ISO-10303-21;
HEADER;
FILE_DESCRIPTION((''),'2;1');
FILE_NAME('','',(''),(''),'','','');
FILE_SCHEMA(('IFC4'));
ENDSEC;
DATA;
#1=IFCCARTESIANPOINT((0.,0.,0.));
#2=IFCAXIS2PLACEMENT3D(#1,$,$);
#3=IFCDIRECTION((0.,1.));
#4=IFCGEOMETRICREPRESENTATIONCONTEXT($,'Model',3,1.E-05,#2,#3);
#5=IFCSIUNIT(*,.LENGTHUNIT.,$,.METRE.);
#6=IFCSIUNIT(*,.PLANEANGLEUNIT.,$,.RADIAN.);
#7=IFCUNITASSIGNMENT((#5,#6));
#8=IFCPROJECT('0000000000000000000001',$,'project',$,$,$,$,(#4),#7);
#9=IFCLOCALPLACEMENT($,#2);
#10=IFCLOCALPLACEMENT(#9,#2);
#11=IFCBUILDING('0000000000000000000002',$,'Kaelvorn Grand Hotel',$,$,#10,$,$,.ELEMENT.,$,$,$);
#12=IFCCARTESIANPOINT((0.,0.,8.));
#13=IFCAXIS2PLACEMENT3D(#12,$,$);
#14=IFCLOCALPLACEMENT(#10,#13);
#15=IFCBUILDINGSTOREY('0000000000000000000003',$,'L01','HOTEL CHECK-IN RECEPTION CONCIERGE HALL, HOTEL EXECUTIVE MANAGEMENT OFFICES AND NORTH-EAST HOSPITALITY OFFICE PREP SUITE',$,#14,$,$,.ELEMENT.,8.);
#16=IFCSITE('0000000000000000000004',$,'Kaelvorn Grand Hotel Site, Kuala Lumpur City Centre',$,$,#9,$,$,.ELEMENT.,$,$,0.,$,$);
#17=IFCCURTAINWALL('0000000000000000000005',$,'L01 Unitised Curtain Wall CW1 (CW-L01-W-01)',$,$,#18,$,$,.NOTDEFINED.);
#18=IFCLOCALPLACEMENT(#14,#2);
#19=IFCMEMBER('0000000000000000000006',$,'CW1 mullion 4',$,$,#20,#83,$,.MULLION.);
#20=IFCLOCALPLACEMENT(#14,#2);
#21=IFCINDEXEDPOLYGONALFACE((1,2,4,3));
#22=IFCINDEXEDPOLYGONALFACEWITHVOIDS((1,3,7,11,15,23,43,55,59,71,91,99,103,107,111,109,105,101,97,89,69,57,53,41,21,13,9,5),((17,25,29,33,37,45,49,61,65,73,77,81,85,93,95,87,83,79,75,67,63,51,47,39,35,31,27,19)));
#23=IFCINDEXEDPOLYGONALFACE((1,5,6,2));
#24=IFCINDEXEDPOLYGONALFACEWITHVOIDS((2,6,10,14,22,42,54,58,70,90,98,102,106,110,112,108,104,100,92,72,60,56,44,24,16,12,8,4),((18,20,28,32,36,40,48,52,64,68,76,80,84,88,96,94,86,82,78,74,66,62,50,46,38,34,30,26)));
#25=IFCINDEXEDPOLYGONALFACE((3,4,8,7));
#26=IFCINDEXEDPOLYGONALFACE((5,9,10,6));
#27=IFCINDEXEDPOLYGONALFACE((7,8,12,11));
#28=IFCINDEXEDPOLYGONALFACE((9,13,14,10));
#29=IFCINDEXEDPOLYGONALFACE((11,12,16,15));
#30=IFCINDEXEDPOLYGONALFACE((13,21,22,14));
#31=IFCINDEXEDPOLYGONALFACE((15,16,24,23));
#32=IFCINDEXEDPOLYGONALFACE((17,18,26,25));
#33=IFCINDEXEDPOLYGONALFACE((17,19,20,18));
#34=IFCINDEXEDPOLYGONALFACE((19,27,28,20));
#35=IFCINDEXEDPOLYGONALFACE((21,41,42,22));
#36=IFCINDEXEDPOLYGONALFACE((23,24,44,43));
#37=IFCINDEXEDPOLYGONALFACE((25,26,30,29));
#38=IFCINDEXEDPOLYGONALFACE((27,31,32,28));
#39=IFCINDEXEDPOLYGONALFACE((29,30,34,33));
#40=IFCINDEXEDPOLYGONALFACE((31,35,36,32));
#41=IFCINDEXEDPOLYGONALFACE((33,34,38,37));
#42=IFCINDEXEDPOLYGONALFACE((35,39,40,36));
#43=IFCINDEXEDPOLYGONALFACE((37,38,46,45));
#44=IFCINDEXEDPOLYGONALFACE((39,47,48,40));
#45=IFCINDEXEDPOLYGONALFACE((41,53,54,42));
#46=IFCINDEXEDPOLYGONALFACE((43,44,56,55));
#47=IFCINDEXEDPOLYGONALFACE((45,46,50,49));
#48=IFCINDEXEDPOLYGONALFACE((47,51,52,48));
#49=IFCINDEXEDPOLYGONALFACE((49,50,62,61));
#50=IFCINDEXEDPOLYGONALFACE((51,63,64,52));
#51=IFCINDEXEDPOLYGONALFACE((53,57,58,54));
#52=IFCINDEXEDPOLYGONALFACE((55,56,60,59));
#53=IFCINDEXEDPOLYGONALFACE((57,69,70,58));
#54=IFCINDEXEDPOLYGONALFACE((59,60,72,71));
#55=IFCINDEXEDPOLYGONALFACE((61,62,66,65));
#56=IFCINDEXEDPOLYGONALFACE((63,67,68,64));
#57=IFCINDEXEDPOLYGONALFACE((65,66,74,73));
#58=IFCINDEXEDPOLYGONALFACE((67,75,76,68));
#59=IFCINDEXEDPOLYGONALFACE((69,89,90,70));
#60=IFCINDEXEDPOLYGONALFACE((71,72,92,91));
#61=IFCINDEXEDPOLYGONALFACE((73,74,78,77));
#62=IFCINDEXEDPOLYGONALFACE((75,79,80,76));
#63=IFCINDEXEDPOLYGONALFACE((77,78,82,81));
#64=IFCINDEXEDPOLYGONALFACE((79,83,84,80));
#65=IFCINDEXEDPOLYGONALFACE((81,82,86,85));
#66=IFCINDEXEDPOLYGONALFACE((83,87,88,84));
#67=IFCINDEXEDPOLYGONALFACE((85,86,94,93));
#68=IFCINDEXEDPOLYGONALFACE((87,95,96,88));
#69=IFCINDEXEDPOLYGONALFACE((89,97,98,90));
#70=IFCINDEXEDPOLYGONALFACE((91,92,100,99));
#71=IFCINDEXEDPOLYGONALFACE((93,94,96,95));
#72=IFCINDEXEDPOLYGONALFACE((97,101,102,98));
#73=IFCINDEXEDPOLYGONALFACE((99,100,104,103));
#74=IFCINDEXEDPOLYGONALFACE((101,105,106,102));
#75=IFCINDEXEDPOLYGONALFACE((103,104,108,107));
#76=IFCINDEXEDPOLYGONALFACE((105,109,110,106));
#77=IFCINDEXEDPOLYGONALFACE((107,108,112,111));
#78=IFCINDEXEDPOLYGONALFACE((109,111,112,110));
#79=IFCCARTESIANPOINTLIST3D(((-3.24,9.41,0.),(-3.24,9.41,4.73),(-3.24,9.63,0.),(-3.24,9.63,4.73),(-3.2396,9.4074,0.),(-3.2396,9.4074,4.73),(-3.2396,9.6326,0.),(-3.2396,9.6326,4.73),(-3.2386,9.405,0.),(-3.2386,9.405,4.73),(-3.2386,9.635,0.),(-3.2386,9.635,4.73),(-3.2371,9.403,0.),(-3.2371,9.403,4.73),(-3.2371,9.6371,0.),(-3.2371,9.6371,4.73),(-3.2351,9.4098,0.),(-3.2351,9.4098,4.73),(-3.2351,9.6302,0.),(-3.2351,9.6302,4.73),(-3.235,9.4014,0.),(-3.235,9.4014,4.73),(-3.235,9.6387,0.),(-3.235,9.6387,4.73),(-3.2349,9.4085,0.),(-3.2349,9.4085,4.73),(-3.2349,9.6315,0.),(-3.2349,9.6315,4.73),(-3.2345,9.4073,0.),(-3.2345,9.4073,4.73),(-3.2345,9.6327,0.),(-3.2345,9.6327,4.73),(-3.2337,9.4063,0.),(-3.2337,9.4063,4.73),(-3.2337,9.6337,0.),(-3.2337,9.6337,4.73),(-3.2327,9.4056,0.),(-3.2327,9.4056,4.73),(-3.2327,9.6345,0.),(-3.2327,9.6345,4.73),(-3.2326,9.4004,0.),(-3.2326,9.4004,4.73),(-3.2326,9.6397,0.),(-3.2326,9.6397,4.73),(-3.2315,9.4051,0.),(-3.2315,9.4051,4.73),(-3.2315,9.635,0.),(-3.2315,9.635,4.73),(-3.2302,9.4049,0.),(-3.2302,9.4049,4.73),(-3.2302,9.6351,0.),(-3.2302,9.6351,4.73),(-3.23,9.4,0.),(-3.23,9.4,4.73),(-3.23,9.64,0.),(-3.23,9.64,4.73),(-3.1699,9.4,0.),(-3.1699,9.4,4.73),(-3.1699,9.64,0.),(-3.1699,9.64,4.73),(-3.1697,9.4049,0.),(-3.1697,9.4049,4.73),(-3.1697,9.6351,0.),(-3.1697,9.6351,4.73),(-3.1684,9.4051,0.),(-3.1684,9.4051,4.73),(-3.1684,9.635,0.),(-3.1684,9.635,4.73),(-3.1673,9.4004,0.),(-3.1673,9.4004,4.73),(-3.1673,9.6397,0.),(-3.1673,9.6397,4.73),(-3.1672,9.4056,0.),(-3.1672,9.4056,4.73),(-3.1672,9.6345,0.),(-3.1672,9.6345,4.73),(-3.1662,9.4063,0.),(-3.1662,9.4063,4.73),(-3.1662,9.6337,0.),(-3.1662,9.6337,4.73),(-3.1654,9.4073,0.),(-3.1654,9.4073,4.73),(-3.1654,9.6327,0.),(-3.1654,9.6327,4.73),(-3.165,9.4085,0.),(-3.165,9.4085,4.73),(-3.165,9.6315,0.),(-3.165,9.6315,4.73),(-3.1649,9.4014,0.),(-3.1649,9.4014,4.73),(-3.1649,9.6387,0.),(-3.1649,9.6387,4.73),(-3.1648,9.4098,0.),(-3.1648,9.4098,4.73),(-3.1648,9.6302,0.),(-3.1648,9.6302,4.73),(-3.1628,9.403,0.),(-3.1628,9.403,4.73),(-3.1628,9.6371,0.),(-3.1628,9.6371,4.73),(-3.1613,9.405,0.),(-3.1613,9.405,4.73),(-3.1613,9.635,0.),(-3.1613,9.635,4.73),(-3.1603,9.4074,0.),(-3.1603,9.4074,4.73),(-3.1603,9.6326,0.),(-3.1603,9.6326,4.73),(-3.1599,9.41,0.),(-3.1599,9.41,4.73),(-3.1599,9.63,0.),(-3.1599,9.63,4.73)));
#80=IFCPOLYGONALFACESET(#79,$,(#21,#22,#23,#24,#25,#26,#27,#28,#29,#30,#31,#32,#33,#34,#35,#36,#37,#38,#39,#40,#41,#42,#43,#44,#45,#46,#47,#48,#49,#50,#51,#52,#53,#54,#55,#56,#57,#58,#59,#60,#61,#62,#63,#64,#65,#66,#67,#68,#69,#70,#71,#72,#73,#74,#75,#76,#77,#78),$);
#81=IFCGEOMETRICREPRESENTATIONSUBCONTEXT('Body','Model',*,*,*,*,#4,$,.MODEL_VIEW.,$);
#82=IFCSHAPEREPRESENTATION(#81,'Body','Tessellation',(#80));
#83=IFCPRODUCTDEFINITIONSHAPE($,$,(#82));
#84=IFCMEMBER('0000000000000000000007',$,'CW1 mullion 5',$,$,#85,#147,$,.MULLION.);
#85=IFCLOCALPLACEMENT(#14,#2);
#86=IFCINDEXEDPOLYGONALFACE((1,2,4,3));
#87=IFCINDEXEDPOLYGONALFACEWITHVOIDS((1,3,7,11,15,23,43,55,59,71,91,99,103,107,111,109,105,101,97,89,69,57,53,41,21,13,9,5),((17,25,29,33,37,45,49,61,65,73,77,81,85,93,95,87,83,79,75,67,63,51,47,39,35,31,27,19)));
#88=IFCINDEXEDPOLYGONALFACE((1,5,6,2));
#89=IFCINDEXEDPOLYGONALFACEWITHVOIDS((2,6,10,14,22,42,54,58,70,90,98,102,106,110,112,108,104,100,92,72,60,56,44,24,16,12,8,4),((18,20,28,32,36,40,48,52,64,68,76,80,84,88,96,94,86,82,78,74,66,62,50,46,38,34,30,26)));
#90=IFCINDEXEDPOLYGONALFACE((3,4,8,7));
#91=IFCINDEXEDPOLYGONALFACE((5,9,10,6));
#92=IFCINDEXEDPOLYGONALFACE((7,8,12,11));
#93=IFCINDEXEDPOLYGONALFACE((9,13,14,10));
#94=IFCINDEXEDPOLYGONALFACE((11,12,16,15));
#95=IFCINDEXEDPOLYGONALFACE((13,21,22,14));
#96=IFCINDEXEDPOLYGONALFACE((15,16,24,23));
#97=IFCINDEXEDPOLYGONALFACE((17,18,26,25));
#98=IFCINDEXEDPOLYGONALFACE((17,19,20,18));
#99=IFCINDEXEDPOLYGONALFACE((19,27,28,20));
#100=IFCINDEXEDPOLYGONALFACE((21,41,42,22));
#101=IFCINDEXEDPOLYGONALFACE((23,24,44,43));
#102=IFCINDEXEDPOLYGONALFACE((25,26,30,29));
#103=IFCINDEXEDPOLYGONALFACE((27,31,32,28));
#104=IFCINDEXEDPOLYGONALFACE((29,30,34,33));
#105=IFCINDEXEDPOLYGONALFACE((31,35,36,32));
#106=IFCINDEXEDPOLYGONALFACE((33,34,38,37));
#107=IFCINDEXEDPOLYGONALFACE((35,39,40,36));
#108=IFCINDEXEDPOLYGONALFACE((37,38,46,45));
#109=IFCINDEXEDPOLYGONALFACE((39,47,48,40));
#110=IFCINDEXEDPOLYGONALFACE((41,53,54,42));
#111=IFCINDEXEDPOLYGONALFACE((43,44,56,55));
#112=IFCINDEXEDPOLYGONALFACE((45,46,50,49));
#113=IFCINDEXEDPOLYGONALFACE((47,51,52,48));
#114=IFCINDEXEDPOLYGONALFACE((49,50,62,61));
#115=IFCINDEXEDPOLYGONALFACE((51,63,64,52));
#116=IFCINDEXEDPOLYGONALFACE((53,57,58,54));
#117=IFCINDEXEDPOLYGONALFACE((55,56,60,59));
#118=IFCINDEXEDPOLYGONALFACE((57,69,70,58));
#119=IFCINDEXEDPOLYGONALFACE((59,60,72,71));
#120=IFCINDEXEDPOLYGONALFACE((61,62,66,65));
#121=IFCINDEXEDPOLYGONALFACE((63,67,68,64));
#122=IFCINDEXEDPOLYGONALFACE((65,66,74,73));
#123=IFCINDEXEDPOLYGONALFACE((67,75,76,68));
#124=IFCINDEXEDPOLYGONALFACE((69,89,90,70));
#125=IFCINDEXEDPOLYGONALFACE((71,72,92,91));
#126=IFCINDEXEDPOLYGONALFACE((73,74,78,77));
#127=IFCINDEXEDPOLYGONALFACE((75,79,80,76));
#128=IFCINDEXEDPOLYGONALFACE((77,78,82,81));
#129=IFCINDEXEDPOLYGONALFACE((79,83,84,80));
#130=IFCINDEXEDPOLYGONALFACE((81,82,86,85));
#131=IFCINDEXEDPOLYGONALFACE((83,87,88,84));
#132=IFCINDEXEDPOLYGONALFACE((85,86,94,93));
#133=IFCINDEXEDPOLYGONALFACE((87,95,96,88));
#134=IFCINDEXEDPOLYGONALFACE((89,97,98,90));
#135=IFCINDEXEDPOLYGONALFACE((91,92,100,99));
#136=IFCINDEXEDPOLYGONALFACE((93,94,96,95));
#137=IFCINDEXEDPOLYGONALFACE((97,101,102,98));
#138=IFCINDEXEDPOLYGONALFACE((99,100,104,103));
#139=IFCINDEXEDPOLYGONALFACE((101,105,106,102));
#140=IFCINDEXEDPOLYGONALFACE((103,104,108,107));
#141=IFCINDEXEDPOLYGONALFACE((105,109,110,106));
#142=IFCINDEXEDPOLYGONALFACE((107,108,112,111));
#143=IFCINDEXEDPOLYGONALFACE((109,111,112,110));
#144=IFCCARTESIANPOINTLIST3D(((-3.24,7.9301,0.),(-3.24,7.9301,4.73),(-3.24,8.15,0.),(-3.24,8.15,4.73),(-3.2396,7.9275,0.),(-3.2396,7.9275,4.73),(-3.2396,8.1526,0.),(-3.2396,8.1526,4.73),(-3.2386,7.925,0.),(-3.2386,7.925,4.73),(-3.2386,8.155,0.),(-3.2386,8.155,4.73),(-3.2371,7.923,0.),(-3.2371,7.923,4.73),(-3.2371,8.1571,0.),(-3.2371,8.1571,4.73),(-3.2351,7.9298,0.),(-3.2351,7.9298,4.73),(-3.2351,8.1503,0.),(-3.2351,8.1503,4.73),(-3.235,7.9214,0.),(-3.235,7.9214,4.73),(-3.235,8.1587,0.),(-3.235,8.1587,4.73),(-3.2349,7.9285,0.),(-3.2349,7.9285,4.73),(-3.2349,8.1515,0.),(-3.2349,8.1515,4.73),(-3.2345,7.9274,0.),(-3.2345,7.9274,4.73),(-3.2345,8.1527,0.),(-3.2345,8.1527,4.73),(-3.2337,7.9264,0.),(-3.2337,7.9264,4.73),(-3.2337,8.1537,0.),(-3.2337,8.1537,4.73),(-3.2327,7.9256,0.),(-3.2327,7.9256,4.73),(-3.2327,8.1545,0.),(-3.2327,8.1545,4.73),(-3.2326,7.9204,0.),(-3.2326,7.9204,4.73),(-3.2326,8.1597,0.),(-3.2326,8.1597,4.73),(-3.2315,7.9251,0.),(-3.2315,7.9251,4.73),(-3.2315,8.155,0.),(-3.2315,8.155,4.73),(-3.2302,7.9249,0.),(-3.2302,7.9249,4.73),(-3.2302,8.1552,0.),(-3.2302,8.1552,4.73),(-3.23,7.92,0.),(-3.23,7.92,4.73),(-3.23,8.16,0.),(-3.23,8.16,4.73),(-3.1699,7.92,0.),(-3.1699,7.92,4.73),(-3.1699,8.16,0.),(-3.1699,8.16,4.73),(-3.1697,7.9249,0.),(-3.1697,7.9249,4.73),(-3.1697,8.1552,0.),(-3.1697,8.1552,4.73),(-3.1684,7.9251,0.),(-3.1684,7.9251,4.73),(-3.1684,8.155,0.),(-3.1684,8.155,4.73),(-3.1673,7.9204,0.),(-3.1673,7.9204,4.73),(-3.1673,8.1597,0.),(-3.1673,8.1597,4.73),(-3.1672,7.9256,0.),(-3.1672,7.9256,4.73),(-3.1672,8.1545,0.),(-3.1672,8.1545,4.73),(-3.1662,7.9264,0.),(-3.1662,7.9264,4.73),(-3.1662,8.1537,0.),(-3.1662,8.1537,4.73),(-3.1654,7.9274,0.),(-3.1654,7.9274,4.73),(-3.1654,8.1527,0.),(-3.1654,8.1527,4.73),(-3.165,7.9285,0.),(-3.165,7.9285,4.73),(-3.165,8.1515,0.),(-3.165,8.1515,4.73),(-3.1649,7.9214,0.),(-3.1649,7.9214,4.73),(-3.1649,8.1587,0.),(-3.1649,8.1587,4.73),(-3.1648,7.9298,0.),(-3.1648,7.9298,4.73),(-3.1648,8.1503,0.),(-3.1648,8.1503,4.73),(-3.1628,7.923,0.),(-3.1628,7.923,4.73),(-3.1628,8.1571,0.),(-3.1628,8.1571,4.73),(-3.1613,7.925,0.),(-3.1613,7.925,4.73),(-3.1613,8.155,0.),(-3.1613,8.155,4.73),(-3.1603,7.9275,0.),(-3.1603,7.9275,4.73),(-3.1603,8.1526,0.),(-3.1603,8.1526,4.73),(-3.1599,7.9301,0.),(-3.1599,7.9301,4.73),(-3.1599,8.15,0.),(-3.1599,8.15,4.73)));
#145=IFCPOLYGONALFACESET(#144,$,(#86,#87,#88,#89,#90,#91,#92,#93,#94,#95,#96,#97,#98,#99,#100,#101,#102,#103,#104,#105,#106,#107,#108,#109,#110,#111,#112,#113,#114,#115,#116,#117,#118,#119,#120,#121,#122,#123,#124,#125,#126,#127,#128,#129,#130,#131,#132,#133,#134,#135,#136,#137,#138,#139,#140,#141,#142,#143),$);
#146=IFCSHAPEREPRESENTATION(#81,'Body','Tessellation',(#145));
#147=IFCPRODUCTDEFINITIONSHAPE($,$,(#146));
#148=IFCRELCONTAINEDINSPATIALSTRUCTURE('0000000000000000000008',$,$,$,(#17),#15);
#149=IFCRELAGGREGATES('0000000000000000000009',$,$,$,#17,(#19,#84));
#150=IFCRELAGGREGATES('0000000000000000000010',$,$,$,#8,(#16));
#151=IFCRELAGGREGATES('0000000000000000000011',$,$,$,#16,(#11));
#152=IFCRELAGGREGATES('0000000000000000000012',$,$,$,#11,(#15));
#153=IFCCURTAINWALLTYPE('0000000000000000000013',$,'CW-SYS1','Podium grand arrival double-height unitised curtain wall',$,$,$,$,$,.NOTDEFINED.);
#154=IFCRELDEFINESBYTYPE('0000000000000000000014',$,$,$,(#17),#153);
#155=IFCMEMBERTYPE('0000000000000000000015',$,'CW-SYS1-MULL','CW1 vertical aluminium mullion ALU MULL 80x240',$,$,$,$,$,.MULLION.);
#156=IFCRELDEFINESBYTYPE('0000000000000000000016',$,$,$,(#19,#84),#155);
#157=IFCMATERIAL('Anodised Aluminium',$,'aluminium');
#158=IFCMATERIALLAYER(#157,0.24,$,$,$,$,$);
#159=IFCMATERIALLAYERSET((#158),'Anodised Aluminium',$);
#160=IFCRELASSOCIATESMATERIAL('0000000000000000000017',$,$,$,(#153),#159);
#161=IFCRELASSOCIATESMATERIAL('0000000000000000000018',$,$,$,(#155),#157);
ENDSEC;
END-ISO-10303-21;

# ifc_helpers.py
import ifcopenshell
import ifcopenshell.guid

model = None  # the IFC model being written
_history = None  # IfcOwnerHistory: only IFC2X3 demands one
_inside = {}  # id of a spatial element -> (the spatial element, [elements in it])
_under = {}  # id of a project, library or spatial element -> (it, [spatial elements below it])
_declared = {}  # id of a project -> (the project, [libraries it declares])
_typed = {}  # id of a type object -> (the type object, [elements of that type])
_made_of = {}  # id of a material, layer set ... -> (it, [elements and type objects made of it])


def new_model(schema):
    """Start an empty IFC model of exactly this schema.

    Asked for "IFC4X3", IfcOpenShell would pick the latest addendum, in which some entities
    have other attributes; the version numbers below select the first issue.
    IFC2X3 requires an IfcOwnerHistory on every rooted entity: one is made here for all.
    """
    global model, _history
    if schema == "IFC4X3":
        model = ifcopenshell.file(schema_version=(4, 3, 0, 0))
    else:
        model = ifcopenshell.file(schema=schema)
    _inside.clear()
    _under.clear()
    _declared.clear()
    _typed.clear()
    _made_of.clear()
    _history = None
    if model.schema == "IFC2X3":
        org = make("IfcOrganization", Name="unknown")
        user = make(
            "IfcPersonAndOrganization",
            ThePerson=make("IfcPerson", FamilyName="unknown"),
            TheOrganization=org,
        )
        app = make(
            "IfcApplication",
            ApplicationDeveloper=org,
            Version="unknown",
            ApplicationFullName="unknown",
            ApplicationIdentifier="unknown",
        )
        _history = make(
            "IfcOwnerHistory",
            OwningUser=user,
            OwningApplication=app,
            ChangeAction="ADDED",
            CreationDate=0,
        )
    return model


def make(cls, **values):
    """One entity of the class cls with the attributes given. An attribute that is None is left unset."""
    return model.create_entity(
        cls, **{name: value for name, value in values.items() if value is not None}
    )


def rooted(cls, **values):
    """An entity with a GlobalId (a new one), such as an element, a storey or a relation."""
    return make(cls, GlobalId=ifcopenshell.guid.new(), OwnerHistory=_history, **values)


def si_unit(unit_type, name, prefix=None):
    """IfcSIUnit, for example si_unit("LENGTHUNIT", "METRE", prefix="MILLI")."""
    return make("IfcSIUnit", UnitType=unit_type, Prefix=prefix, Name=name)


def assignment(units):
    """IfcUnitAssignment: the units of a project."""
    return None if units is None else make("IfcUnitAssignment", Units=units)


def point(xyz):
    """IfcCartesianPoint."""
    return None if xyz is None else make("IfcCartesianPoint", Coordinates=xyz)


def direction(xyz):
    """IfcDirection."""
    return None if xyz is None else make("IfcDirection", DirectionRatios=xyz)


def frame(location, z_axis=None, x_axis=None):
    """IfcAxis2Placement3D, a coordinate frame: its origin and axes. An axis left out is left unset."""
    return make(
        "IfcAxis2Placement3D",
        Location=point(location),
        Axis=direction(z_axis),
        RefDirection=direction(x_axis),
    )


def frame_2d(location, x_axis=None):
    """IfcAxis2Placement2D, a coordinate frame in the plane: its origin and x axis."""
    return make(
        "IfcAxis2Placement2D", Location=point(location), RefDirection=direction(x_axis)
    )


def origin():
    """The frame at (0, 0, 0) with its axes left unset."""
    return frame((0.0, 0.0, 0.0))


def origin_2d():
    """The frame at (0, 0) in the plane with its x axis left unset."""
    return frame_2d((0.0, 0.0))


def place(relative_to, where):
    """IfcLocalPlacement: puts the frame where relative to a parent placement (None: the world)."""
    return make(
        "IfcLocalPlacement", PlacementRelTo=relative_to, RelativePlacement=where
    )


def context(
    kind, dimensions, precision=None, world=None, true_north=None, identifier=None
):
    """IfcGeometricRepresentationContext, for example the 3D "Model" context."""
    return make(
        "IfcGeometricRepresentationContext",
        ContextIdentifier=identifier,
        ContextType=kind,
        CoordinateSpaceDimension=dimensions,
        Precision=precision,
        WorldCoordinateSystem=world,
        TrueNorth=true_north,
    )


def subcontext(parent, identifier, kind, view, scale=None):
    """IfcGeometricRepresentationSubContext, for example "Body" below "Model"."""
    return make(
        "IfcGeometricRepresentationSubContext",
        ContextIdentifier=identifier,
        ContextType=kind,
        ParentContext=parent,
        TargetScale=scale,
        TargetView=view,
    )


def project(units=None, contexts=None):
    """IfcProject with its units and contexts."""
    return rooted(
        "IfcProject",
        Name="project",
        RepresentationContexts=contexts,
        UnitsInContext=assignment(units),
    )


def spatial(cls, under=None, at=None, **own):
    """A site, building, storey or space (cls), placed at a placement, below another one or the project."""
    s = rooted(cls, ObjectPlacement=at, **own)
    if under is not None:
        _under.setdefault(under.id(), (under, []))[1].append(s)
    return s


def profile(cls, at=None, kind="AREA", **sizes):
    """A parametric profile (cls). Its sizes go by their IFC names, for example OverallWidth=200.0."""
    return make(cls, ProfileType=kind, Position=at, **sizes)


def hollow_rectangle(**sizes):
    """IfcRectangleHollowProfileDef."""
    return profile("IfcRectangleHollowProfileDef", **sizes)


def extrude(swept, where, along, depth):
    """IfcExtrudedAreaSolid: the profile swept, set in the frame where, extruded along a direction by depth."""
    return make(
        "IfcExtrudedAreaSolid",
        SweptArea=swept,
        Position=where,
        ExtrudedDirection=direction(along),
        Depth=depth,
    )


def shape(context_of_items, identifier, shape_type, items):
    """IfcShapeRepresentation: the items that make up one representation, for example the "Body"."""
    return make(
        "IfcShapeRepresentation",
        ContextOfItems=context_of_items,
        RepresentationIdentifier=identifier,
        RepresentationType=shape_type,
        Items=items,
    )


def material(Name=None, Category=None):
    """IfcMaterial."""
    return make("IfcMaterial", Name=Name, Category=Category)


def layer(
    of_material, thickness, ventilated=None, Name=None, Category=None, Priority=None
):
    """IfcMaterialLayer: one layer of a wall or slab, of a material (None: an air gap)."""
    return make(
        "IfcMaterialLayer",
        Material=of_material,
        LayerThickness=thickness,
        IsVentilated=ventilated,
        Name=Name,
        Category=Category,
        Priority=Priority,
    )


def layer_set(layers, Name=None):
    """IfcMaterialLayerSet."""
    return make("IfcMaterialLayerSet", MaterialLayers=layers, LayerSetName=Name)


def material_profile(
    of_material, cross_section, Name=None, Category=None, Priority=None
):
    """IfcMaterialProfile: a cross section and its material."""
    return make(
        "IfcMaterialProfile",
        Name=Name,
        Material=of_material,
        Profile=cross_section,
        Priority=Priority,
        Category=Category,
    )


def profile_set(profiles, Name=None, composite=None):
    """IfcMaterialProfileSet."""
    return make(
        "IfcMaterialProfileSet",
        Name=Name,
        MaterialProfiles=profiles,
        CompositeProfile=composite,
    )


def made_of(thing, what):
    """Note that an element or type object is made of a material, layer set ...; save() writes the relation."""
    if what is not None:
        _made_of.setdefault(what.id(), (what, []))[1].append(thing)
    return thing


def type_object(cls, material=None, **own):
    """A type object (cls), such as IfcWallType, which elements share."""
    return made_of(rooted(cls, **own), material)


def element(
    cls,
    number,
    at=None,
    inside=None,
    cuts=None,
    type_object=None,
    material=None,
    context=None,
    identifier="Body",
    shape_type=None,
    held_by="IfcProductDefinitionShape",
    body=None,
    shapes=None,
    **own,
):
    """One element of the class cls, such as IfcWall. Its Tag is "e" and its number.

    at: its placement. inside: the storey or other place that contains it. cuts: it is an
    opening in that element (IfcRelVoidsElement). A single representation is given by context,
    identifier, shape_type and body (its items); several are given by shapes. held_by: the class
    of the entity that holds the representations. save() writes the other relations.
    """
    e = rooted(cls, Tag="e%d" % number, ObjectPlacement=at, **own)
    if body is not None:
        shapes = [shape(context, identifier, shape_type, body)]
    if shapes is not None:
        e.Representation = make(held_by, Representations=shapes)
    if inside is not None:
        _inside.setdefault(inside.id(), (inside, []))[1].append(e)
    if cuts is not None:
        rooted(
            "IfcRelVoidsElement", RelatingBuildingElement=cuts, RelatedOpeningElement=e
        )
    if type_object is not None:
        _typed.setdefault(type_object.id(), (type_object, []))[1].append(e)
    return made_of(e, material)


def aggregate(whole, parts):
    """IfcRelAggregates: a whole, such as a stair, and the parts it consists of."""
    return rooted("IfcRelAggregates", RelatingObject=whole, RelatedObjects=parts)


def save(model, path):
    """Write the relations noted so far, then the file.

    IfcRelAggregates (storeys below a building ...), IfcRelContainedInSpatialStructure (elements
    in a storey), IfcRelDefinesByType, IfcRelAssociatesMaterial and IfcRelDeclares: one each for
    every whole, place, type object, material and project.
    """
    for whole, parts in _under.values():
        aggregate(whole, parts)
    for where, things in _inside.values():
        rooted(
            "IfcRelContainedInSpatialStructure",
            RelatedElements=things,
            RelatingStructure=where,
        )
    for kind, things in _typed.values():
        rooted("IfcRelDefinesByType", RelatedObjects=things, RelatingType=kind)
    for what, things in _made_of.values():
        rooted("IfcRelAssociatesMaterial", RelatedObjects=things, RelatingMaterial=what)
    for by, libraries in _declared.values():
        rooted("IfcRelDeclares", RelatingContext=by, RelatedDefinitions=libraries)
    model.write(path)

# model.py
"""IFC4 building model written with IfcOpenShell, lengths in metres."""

from ifc_helpers import new_model, si_unit, direction, frame, origin, origin_2d, place, context, subcontext, project, spatial, hollow_rectangle, extrude, material, layer, layer_set, material_profile, profile_set, type_object, element, aggregate, save


model = new_model("IFC4")

# Units and contexts
model_context = context("Model", 3, precision=1e-05, world=origin(), true_north=direction((0.0, 1.0)))
body_context = subcontext(model_context, "Body", "Model", "MODEL_VIEW")
ifc_project = project(units=[si_unit("LENGTHUNIT", "METRE"), si_unit("PLANEANGLEUNIT", "RADIAN")], contexts=[model_context])

# Site, building, storey
site_placement = place(None, origin())
site = spatial("IfcSite", under=ifc_project, at=site_placement, Name="Kaelvorn Grand Hotel Site, Kuala Lumpur City Centre", CompositionType="ELEMENT", RefElevation=0.0)
building_placement = place(site_placement, origin())
building = spatial("IfcBuilding", under=site, at=building_placement, Name="Kaelvorn Grand Hotel", CompositionType="ELEMENT")
storey_placement = place(building_placement, frame((0.0, 0.0, 8.0)))
storey = spatial("IfcBuildingStorey", under=building, at=storey_placement, Name="L01", Description="HOTEL CHECK-IN RECEPTION CONCIERGE HALL, HOTEL EXECUTIVE MANAGEMENT OFFICES AND NORTH-EAST HOSPITALITY OFFICE PREP SUITE", CompositionType="ELEMENT", Elevation=8.0)

# Curtain wall, members
ifc_material_1 = material(Name="Anodised Aluminium", Category="aluminium")
ifc_layer_1 = layer(ifc_material_1, 0.24)
ifc_layer_set_1 = layer_set([ifc_layer_1], Name="Anodised Aluminium")
curtain_wall_type = type_object("IfcCurtainWallType", Name="CW-SYS1", Description="Podium grand arrival double-height unitised curtain wall", PredefinedType="NOTDEFINED", material=ifc_layer_set_1)
curtain_wall_placement = place(storey_placement, origin())
curtain_wall = element("IfcCurtainWall", 1, at=curtain_wall_placement, inside=storey, type_object=curtain_wall_type, Name="L01 Unitised Curtain Wall CW1 (CW-L01-W-01)", PredefinedType="NOTDEFINED")
ifc_material_profile_1 = material_profile(ifc_material_1, hollow_rectangle(XDim=0.0801, YDim=0.24, WallThickness=0.0049, InnerFilletRadius=0.0049, OuterFilletRadius=0.01, at=origin_2d()), Name="ALU MULL 80x240")
ifc_profile_set_1 = profile_set([ifc_material_profile_1], Name="Anodised Aluminium")
member_type_1 = type_object("IfcMemberType", Name="CW-SYS1-MULL", Description="CW1 vertical aluminium mullion ALU MULL 80x240", PredefinedType="MULLION", material=ifc_profile_set_1)
member_1_placement = place(storey_placement, frame((-3.2, 9.52, 0.0), z_axis=(0.0, 0.0, 1.0), x_axis=(1.0, 0.0, 0.0)))
member_1 = element("IfcMember", 2, at=member_1_placement, type_object=member_type_1, Name="CW1 mullion 4", PredefinedType="MULLION", context=body_context, shape_type="SweptSolid", body=[
    extrude(hollow_rectangle(XDim=0.0801, YDim=0.24, WallThickness=0.0049, InnerFilletRadius=0.0049, OuterFilletRadius=0.01, at=origin_2d()), origin(), (0.0, 0.0, 1.0), 4.73),
])
member_2_placement = place(storey_placement, frame((-3.2, 8.04, 0.0), z_axis=(0.0, 0.0, 1.0), x_axis=(1.0, 0.0, 0.0)))
member_2 = element("IfcMember", 3, at=member_2_placement, type_object=member_type_1, Name="CW1 mullion 5", PredefinedType="MULLION", context=body_context, shape_type="SweptSolid", body=[
    extrude(hollow_rectangle(XDim=0.0801, YDim=0.24, WallThickness=0.0049, InnerFilletRadius=0.0049, OuterFilletRadius=0.01, at=origin_2d()), origin(), (0.0, 0.0, 1.0), 4.73),
])
aggregate(curtain_wall, [member_1, member_2])

save(model, "model.ifc")
